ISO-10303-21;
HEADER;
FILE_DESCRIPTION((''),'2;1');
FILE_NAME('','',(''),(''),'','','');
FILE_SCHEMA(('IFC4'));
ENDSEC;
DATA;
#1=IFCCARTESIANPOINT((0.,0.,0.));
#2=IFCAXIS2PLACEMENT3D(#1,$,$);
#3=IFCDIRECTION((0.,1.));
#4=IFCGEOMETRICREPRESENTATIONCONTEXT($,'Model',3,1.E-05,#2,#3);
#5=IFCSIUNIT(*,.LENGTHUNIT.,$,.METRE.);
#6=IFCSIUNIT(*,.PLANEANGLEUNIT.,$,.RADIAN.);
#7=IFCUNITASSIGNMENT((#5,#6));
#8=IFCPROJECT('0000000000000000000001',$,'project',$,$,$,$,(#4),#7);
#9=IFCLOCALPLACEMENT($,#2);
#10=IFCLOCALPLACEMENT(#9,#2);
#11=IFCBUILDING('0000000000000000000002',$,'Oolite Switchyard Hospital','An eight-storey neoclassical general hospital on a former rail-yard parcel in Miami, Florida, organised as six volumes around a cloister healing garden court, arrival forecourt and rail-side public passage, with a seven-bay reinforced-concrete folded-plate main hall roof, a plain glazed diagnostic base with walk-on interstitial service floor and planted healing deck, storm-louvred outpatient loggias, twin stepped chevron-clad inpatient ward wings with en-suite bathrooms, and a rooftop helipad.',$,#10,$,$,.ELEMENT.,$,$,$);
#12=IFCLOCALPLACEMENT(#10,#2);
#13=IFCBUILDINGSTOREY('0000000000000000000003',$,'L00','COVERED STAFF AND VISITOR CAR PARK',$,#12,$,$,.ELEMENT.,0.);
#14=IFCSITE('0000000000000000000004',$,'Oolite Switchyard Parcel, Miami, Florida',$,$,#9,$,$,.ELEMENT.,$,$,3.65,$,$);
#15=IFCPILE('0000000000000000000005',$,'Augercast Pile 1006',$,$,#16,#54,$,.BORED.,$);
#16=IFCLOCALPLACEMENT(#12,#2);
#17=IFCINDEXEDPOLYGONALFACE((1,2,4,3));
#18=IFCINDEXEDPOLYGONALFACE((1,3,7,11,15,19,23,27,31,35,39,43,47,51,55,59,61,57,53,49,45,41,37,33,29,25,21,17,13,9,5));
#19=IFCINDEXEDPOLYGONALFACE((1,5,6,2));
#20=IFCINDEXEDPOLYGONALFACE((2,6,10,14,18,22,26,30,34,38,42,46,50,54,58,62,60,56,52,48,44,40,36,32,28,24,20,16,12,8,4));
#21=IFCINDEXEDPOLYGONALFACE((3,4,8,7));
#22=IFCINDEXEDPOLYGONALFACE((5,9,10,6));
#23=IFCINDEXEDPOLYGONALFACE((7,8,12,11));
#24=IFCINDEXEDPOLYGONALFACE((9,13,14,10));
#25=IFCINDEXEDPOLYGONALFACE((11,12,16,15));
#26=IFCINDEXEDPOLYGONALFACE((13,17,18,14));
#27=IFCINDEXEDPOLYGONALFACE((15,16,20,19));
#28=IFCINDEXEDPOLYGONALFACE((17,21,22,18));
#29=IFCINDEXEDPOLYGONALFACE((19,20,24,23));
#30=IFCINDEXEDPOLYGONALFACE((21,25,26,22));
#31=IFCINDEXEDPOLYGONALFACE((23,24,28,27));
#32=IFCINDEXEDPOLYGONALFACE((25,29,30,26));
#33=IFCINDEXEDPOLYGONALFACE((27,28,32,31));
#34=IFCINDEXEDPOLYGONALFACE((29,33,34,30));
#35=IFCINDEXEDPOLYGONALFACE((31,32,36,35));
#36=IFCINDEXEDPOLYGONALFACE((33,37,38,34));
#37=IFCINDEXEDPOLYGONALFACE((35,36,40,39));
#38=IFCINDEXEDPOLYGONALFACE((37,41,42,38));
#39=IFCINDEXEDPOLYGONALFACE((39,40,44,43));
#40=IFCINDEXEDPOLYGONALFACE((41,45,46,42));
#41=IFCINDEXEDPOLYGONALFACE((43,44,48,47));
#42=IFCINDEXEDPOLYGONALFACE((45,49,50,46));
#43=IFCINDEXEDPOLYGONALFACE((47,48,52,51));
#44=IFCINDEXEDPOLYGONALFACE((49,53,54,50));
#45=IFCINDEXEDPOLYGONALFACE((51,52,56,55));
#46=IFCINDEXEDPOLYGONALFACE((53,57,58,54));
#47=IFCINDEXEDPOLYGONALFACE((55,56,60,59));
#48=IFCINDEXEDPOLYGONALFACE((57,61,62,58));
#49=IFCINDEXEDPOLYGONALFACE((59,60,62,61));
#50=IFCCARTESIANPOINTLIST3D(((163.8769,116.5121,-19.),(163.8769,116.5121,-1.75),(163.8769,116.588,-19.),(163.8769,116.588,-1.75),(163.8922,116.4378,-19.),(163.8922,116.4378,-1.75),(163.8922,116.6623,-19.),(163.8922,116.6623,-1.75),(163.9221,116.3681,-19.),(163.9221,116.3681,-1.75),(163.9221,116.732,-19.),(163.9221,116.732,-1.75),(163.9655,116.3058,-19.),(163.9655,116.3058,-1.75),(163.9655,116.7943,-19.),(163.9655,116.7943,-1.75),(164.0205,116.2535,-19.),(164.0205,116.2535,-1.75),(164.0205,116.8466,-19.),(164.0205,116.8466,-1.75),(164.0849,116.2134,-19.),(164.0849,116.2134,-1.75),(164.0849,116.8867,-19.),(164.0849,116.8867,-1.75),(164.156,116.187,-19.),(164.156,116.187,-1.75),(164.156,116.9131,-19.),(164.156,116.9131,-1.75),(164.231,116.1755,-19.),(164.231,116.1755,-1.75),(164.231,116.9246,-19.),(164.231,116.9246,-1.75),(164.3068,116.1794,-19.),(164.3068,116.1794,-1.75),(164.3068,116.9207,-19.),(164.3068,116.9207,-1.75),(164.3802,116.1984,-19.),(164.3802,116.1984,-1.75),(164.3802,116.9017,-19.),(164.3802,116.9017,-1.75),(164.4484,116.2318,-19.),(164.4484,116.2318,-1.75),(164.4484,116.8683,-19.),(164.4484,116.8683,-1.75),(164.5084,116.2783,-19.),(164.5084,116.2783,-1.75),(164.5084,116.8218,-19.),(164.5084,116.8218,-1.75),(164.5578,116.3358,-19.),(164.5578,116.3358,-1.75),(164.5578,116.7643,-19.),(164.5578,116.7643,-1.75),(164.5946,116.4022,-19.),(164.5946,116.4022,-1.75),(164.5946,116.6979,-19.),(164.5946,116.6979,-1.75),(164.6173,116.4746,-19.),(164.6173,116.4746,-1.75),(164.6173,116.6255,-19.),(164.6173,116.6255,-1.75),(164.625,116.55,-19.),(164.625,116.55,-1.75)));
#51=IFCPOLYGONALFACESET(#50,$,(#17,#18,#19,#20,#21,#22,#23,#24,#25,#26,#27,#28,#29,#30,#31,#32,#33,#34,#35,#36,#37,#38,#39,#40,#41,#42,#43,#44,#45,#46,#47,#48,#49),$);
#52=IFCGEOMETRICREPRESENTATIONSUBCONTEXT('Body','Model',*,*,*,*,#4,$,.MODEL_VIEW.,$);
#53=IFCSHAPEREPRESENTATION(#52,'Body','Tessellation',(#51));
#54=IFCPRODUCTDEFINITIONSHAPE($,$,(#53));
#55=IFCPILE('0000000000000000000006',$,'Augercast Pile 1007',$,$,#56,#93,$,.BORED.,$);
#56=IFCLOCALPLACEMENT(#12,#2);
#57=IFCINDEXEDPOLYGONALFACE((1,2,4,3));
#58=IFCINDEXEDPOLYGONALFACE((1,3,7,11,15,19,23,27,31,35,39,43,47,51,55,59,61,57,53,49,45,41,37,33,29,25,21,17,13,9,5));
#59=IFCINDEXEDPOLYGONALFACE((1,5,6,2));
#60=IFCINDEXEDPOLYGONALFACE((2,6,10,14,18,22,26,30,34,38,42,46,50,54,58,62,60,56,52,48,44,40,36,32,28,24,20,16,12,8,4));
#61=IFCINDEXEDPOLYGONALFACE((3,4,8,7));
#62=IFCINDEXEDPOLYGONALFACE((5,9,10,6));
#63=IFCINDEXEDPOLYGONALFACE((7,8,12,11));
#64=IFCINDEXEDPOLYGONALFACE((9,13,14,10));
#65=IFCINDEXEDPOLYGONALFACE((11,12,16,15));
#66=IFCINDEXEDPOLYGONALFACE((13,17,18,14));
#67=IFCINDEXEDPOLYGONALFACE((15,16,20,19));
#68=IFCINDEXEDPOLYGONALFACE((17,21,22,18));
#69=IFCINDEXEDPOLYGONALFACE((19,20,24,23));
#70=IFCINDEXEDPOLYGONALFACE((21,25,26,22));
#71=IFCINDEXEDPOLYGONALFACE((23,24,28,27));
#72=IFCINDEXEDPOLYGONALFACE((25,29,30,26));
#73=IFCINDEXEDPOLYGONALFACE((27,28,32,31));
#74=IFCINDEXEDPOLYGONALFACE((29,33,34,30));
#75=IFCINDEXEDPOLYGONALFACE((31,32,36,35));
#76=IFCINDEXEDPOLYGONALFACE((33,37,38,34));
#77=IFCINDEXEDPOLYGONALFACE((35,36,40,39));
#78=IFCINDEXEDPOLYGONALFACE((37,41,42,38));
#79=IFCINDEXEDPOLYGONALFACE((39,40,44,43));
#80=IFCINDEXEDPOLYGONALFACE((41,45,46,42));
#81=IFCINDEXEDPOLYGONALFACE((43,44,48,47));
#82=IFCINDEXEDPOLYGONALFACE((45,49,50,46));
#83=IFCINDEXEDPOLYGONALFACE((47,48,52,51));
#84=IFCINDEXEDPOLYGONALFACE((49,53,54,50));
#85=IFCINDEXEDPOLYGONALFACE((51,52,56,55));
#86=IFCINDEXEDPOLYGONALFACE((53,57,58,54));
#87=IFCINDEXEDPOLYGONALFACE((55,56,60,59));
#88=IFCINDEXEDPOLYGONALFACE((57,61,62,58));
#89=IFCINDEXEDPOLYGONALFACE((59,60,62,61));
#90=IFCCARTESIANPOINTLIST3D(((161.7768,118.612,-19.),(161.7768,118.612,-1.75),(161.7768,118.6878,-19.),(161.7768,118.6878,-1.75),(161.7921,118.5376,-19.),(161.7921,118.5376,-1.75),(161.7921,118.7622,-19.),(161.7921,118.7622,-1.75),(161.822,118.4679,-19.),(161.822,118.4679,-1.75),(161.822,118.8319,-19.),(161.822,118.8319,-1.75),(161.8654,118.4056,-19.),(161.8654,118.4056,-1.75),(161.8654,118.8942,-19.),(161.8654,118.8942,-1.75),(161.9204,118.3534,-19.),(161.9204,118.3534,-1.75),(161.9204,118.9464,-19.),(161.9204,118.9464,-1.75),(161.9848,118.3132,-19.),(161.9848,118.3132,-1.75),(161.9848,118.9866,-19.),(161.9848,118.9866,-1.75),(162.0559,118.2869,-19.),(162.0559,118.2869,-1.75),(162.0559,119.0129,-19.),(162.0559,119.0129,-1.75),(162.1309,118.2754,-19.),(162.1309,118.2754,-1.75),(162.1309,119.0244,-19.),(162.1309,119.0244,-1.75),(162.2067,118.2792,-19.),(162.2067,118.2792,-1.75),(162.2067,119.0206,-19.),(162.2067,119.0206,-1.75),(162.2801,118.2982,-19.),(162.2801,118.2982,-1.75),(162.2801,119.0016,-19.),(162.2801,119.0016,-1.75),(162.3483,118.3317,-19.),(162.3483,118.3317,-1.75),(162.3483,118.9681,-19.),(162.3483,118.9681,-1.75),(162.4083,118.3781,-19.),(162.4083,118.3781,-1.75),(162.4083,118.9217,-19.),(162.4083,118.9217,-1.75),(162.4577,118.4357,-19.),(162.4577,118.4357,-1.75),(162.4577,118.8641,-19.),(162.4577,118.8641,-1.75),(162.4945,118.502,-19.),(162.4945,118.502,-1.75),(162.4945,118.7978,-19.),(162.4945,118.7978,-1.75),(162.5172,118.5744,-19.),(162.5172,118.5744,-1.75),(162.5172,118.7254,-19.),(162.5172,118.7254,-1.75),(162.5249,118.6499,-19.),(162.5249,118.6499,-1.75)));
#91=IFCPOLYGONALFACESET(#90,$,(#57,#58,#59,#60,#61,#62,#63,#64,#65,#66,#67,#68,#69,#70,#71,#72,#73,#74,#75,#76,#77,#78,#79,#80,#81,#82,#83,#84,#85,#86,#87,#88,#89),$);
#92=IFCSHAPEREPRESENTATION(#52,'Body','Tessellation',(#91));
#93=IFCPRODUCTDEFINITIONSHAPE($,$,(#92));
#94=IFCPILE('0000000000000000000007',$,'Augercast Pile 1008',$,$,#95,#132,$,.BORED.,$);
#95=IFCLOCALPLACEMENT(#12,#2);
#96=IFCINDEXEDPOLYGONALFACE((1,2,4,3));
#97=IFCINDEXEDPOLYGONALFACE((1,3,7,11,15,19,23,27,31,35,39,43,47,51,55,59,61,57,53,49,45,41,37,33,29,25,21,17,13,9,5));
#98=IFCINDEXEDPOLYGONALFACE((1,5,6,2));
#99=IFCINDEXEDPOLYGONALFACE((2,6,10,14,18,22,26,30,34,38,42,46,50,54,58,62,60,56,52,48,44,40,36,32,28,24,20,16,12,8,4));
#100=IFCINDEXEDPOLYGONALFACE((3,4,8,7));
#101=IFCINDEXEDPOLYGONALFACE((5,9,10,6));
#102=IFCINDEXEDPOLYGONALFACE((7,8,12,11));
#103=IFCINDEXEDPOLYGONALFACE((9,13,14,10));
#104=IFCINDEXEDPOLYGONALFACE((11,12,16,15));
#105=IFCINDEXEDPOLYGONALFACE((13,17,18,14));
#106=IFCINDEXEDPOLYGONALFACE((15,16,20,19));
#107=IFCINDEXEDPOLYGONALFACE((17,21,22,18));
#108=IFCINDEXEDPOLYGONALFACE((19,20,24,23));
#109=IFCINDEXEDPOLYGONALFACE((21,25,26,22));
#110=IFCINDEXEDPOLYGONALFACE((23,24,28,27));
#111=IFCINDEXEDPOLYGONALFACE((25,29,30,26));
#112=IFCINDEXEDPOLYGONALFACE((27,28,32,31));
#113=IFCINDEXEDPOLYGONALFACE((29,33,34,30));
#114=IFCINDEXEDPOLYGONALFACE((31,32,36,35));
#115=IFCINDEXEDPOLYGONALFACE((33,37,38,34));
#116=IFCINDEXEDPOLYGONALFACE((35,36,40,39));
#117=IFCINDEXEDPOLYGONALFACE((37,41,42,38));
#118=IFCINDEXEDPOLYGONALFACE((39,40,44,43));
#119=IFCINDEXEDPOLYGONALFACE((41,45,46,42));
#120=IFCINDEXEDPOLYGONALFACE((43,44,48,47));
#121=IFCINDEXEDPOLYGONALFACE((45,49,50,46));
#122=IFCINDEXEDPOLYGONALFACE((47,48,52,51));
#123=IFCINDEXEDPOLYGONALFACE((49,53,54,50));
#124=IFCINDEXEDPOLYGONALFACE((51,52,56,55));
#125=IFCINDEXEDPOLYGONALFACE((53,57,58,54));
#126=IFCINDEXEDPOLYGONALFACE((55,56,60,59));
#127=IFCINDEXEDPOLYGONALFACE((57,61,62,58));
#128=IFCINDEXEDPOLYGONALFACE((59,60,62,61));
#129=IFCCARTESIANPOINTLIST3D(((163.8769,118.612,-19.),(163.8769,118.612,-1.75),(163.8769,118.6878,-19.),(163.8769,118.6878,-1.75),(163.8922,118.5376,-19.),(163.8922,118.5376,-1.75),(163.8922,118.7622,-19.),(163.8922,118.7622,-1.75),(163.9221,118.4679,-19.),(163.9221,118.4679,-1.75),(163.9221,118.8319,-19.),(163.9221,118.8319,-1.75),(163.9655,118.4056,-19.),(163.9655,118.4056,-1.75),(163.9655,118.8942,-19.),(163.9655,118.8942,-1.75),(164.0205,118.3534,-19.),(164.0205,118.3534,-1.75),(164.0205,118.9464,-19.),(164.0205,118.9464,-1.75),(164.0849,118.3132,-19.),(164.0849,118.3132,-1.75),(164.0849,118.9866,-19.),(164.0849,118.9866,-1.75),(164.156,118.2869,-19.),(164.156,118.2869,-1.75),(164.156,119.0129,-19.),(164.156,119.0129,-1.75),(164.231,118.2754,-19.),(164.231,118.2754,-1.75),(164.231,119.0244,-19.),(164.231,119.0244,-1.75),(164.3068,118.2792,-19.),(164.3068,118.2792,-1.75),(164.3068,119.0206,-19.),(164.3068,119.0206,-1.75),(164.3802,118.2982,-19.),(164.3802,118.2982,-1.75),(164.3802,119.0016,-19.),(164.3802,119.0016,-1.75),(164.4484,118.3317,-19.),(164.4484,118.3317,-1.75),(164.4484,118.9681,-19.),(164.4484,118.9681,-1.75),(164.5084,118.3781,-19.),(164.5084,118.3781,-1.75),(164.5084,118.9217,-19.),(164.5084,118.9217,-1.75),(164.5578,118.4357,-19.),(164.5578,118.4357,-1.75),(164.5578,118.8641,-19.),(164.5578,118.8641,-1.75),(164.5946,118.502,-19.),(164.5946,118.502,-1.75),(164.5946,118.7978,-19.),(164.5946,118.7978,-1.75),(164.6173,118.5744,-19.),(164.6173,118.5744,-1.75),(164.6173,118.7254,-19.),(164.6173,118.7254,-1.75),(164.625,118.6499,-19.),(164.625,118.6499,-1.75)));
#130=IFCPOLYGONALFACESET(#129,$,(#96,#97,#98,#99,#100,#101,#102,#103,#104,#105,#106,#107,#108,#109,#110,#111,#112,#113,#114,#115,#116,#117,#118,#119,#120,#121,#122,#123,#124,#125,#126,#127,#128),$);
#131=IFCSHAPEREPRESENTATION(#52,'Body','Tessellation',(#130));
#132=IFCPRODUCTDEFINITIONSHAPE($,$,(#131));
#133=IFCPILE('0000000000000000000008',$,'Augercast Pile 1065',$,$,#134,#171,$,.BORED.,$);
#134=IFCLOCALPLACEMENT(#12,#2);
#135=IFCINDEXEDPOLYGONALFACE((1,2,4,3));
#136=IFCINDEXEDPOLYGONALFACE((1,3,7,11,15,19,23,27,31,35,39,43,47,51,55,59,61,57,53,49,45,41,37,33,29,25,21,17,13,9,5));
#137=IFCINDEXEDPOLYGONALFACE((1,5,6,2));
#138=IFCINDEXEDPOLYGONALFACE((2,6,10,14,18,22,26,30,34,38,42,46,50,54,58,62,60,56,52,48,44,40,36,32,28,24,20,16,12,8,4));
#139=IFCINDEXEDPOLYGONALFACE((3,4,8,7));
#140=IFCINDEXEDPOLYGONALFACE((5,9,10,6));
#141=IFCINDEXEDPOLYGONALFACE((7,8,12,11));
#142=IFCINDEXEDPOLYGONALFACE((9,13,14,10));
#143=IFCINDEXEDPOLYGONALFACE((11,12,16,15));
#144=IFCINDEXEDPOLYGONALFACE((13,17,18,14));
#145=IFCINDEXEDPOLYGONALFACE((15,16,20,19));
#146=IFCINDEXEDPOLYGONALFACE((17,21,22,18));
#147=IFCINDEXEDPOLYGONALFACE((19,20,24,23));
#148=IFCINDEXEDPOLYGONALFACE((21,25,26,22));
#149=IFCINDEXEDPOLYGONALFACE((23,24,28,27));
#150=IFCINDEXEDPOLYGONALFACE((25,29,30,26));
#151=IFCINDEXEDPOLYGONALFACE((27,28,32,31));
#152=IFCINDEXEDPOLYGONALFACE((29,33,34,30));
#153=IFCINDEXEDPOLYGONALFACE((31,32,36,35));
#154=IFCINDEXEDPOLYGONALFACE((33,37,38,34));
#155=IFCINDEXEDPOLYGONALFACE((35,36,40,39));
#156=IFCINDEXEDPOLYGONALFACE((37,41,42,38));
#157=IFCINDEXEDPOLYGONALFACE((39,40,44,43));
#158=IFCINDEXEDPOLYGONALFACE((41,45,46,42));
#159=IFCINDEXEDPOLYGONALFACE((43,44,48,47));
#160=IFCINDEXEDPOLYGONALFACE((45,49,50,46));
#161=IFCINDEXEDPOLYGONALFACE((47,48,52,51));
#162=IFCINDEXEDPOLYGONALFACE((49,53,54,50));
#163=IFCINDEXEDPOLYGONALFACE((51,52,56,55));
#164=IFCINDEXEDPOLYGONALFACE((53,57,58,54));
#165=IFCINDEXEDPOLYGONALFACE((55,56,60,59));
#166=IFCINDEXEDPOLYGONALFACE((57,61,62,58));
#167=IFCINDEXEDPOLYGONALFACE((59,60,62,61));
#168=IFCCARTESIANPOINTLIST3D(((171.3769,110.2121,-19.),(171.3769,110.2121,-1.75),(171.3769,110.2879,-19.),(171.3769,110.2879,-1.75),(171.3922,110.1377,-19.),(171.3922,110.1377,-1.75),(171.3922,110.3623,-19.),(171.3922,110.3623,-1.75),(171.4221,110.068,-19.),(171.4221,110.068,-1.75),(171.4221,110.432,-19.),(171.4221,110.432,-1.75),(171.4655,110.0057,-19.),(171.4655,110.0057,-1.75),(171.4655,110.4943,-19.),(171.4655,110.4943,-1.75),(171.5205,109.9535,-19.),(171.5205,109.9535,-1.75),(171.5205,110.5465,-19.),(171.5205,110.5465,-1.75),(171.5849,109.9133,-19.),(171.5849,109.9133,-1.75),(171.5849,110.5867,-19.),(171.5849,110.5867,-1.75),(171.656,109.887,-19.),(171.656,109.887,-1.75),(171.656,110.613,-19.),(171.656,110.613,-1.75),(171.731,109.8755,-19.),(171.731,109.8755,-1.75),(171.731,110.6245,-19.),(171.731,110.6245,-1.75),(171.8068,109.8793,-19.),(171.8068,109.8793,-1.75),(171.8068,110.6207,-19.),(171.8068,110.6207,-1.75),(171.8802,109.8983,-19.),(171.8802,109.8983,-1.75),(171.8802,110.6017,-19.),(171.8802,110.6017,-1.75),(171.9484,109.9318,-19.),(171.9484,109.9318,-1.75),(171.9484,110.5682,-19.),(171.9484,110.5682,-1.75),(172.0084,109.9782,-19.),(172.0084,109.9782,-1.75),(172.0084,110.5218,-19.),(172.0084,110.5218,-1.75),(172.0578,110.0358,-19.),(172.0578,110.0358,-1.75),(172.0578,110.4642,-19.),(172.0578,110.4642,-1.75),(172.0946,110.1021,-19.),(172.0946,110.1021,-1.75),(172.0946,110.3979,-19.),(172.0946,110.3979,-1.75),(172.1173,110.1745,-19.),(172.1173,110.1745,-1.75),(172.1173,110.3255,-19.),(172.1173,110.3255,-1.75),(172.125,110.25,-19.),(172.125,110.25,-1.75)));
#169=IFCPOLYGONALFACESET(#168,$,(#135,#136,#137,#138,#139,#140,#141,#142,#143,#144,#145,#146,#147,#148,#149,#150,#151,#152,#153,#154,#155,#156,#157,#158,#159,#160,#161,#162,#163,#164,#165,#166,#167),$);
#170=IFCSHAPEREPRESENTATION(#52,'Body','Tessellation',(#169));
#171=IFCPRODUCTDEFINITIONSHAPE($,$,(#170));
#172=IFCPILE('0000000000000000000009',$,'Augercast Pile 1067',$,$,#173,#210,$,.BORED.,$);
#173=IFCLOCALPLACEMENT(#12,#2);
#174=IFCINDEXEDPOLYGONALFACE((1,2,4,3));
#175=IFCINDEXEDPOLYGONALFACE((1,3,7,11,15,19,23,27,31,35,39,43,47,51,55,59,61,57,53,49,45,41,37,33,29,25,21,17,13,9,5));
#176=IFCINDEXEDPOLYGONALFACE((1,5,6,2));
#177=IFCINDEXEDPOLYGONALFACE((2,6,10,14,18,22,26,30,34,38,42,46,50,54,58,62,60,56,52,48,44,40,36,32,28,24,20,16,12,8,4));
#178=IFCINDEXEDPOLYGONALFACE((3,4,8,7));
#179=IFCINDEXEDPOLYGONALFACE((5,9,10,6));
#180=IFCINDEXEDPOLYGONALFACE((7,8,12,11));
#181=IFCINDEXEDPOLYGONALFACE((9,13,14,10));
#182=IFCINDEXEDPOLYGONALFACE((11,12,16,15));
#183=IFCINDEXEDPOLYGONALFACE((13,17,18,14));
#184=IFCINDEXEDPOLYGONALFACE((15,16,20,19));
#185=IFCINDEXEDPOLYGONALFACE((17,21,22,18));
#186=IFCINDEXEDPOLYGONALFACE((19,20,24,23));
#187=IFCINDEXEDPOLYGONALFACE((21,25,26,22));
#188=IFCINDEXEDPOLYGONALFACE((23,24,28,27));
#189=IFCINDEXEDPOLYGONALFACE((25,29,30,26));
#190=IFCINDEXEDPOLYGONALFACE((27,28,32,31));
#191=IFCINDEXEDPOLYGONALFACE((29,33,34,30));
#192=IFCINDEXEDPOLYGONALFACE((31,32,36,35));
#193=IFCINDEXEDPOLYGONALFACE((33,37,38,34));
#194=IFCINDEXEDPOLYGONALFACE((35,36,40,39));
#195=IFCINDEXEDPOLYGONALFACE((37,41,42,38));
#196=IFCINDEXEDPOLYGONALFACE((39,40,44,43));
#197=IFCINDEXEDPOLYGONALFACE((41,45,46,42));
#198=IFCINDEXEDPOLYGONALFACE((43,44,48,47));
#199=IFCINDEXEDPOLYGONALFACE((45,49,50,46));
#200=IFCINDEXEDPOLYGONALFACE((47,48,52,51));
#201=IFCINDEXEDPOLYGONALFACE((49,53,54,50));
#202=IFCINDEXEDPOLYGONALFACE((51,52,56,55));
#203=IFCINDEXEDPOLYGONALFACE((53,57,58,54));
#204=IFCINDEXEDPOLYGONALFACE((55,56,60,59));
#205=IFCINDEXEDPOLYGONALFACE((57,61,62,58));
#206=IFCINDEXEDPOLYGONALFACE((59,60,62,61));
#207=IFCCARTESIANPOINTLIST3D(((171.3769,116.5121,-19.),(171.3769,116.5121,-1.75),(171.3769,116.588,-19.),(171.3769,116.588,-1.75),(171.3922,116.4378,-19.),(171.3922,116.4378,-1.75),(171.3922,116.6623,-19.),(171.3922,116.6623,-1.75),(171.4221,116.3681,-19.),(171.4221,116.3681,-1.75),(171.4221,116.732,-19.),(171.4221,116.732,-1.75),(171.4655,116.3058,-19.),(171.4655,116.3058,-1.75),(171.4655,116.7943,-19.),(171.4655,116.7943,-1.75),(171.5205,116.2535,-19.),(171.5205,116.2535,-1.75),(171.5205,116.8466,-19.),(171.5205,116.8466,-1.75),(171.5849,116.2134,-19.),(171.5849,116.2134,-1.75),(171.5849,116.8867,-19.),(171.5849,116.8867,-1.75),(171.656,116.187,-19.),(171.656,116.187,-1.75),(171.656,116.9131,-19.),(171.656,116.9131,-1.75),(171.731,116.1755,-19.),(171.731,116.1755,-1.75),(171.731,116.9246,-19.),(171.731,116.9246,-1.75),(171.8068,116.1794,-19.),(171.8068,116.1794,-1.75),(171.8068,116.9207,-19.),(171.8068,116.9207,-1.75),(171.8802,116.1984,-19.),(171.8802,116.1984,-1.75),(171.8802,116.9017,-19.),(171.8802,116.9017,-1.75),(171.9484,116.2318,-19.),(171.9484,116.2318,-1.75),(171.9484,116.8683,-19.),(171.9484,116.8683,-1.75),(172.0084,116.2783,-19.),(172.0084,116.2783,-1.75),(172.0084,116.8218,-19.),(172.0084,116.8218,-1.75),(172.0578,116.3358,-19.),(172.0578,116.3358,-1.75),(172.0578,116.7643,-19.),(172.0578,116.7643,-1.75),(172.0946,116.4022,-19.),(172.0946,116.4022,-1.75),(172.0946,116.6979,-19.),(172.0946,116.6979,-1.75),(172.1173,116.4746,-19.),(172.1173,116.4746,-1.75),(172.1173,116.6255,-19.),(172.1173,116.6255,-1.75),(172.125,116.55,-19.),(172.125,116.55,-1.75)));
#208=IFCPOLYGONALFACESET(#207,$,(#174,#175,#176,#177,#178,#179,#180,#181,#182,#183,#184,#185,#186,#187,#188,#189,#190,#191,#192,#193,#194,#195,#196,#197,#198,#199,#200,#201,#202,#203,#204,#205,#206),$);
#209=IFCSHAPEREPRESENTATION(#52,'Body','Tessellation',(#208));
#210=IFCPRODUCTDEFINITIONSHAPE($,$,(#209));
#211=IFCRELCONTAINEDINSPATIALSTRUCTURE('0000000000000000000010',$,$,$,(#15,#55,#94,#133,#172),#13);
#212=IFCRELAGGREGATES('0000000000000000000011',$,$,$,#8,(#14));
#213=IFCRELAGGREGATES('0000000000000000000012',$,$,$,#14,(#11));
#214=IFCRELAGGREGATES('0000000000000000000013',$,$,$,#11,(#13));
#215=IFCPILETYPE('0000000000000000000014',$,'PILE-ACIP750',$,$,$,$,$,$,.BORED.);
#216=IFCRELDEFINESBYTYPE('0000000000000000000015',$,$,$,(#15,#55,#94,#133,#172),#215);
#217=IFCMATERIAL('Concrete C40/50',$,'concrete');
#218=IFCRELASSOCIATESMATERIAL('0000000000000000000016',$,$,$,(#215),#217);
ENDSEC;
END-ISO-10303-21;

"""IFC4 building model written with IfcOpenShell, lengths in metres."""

from ifc_helpers import new_model, si_unit, direction, frame, origin, origin_2d, place, context, subcontext, project, spatial, circle, extrude, material, material_profile, profile_set, type_object, element, save


model = new_model("IFC4")

# Units and contexts
model_context = context("Model", 3, precision=1e-05, world=origin(), true_north=direction((0.0, 1.0)))
body_context = subcontext(model_context, "Body", "Model", "MODEL_VIEW")
ifc_project = project(units=[si_unit("LENGTHUNIT", "METRE"), si_unit("PLANEANGLEUNIT", "RADIAN")], contexts=[model_context])

# Site, building, storey
site_placement = place(None, origin())
site = spatial("IfcSite", under=ifc_project, at=site_placement, Name="Oolite Switchyard Parcel, Miami, Florida", CompositionType="ELEMENT", RefElevation=3.65)
building_placement = place(site_placement, origin())
building = spatial("IfcBuilding", under=site, at=building_placement, Name="Oolite Switchyard Hospital", Description="An eight-storey neoclassical general hospital on a former rail-yard parcel in Miami, Florida, organised as six volumes around a cloister healing garden court, arrival forecourt and rail-side public passage, with a seven-bay reinforced-concrete folded-plate main hall roof, a plain glazed diagnostic base with walk-on interstitial service floor and planted healing deck, storm-louvred outpatient loggias, twin stepped chevron-clad inpatient ward wings with en-suite bathrooms, and a rooftop helipad.", CompositionType="ELEMENT")
storey_placement = place(building_placement, origin())
storey = spatial("IfcBuildingStorey", under=building, at=storey_placement, Name="L00", Description="COVERED STAFF AND VISITOR CAR PARK", CompositionType="ELEMENT", Elevation=0.0)

# Shared definitions
ifc_material_1 = material(Name="Concrete C40/50", Category="concrete")

# Piles
ifc_material_profile_1 = material_profile(ifc_material_1, circle(Radius=0.375, at=origin_2d()), Name="PILE750")
ifc_profile_set_1 = profile_set([ifc_material_profile_1], Name="Concrete C40/50")
pile_type = type_object("IfcPileType", Name="PILE-ACIP750", PredefinedType="BORED", material=ifc_profile_set_1)
for number, where, z_axis, x_axis, name in (
    (1, (164.25, 116.55, -1.75), (0.0, 0.0, -1.0), (1.0, 0.0, 0.0), "Augercast Pile 1006"),
    (2, (162.1499, 118.6499, -1.75), (0.0, 0.0, -1.0), (1.0, 0.0, 0.0), "Augercast Pile 1007"),
    (3, (164.25, 118.6499, -1.75), (0.0, 0.0, -1.0), (1.0, 0.0, 0.0), "Augercast Pile 1008"),
    (4, (171.75, 110.25, -1.75), (0.0, 0.0, -1.0), (1.0, 0.0, 0.0), "Augercast Pile 1065"),
    (5, (171.75, 116.55, -1.75), (0.0, 0.0, -1.0), (1.0, 0.0, 0.0), "Augercast Pile 1067"),
):
    element("IfcPile", number, at=place(storey_placement, frame(where, z_axis=z_axis, x_axis=x_axis)), inside=storey, type_object=pile_type, Name=name, PredefinedType="BORED", context=body_context, shape_type="SweptSolid", body=[
        extrude(circle(Radius=0.375, at=origin_2d()), origin(), (0.0, 0.0, 1.0), 17.25),
    ])

save(model, "model.ifc")
